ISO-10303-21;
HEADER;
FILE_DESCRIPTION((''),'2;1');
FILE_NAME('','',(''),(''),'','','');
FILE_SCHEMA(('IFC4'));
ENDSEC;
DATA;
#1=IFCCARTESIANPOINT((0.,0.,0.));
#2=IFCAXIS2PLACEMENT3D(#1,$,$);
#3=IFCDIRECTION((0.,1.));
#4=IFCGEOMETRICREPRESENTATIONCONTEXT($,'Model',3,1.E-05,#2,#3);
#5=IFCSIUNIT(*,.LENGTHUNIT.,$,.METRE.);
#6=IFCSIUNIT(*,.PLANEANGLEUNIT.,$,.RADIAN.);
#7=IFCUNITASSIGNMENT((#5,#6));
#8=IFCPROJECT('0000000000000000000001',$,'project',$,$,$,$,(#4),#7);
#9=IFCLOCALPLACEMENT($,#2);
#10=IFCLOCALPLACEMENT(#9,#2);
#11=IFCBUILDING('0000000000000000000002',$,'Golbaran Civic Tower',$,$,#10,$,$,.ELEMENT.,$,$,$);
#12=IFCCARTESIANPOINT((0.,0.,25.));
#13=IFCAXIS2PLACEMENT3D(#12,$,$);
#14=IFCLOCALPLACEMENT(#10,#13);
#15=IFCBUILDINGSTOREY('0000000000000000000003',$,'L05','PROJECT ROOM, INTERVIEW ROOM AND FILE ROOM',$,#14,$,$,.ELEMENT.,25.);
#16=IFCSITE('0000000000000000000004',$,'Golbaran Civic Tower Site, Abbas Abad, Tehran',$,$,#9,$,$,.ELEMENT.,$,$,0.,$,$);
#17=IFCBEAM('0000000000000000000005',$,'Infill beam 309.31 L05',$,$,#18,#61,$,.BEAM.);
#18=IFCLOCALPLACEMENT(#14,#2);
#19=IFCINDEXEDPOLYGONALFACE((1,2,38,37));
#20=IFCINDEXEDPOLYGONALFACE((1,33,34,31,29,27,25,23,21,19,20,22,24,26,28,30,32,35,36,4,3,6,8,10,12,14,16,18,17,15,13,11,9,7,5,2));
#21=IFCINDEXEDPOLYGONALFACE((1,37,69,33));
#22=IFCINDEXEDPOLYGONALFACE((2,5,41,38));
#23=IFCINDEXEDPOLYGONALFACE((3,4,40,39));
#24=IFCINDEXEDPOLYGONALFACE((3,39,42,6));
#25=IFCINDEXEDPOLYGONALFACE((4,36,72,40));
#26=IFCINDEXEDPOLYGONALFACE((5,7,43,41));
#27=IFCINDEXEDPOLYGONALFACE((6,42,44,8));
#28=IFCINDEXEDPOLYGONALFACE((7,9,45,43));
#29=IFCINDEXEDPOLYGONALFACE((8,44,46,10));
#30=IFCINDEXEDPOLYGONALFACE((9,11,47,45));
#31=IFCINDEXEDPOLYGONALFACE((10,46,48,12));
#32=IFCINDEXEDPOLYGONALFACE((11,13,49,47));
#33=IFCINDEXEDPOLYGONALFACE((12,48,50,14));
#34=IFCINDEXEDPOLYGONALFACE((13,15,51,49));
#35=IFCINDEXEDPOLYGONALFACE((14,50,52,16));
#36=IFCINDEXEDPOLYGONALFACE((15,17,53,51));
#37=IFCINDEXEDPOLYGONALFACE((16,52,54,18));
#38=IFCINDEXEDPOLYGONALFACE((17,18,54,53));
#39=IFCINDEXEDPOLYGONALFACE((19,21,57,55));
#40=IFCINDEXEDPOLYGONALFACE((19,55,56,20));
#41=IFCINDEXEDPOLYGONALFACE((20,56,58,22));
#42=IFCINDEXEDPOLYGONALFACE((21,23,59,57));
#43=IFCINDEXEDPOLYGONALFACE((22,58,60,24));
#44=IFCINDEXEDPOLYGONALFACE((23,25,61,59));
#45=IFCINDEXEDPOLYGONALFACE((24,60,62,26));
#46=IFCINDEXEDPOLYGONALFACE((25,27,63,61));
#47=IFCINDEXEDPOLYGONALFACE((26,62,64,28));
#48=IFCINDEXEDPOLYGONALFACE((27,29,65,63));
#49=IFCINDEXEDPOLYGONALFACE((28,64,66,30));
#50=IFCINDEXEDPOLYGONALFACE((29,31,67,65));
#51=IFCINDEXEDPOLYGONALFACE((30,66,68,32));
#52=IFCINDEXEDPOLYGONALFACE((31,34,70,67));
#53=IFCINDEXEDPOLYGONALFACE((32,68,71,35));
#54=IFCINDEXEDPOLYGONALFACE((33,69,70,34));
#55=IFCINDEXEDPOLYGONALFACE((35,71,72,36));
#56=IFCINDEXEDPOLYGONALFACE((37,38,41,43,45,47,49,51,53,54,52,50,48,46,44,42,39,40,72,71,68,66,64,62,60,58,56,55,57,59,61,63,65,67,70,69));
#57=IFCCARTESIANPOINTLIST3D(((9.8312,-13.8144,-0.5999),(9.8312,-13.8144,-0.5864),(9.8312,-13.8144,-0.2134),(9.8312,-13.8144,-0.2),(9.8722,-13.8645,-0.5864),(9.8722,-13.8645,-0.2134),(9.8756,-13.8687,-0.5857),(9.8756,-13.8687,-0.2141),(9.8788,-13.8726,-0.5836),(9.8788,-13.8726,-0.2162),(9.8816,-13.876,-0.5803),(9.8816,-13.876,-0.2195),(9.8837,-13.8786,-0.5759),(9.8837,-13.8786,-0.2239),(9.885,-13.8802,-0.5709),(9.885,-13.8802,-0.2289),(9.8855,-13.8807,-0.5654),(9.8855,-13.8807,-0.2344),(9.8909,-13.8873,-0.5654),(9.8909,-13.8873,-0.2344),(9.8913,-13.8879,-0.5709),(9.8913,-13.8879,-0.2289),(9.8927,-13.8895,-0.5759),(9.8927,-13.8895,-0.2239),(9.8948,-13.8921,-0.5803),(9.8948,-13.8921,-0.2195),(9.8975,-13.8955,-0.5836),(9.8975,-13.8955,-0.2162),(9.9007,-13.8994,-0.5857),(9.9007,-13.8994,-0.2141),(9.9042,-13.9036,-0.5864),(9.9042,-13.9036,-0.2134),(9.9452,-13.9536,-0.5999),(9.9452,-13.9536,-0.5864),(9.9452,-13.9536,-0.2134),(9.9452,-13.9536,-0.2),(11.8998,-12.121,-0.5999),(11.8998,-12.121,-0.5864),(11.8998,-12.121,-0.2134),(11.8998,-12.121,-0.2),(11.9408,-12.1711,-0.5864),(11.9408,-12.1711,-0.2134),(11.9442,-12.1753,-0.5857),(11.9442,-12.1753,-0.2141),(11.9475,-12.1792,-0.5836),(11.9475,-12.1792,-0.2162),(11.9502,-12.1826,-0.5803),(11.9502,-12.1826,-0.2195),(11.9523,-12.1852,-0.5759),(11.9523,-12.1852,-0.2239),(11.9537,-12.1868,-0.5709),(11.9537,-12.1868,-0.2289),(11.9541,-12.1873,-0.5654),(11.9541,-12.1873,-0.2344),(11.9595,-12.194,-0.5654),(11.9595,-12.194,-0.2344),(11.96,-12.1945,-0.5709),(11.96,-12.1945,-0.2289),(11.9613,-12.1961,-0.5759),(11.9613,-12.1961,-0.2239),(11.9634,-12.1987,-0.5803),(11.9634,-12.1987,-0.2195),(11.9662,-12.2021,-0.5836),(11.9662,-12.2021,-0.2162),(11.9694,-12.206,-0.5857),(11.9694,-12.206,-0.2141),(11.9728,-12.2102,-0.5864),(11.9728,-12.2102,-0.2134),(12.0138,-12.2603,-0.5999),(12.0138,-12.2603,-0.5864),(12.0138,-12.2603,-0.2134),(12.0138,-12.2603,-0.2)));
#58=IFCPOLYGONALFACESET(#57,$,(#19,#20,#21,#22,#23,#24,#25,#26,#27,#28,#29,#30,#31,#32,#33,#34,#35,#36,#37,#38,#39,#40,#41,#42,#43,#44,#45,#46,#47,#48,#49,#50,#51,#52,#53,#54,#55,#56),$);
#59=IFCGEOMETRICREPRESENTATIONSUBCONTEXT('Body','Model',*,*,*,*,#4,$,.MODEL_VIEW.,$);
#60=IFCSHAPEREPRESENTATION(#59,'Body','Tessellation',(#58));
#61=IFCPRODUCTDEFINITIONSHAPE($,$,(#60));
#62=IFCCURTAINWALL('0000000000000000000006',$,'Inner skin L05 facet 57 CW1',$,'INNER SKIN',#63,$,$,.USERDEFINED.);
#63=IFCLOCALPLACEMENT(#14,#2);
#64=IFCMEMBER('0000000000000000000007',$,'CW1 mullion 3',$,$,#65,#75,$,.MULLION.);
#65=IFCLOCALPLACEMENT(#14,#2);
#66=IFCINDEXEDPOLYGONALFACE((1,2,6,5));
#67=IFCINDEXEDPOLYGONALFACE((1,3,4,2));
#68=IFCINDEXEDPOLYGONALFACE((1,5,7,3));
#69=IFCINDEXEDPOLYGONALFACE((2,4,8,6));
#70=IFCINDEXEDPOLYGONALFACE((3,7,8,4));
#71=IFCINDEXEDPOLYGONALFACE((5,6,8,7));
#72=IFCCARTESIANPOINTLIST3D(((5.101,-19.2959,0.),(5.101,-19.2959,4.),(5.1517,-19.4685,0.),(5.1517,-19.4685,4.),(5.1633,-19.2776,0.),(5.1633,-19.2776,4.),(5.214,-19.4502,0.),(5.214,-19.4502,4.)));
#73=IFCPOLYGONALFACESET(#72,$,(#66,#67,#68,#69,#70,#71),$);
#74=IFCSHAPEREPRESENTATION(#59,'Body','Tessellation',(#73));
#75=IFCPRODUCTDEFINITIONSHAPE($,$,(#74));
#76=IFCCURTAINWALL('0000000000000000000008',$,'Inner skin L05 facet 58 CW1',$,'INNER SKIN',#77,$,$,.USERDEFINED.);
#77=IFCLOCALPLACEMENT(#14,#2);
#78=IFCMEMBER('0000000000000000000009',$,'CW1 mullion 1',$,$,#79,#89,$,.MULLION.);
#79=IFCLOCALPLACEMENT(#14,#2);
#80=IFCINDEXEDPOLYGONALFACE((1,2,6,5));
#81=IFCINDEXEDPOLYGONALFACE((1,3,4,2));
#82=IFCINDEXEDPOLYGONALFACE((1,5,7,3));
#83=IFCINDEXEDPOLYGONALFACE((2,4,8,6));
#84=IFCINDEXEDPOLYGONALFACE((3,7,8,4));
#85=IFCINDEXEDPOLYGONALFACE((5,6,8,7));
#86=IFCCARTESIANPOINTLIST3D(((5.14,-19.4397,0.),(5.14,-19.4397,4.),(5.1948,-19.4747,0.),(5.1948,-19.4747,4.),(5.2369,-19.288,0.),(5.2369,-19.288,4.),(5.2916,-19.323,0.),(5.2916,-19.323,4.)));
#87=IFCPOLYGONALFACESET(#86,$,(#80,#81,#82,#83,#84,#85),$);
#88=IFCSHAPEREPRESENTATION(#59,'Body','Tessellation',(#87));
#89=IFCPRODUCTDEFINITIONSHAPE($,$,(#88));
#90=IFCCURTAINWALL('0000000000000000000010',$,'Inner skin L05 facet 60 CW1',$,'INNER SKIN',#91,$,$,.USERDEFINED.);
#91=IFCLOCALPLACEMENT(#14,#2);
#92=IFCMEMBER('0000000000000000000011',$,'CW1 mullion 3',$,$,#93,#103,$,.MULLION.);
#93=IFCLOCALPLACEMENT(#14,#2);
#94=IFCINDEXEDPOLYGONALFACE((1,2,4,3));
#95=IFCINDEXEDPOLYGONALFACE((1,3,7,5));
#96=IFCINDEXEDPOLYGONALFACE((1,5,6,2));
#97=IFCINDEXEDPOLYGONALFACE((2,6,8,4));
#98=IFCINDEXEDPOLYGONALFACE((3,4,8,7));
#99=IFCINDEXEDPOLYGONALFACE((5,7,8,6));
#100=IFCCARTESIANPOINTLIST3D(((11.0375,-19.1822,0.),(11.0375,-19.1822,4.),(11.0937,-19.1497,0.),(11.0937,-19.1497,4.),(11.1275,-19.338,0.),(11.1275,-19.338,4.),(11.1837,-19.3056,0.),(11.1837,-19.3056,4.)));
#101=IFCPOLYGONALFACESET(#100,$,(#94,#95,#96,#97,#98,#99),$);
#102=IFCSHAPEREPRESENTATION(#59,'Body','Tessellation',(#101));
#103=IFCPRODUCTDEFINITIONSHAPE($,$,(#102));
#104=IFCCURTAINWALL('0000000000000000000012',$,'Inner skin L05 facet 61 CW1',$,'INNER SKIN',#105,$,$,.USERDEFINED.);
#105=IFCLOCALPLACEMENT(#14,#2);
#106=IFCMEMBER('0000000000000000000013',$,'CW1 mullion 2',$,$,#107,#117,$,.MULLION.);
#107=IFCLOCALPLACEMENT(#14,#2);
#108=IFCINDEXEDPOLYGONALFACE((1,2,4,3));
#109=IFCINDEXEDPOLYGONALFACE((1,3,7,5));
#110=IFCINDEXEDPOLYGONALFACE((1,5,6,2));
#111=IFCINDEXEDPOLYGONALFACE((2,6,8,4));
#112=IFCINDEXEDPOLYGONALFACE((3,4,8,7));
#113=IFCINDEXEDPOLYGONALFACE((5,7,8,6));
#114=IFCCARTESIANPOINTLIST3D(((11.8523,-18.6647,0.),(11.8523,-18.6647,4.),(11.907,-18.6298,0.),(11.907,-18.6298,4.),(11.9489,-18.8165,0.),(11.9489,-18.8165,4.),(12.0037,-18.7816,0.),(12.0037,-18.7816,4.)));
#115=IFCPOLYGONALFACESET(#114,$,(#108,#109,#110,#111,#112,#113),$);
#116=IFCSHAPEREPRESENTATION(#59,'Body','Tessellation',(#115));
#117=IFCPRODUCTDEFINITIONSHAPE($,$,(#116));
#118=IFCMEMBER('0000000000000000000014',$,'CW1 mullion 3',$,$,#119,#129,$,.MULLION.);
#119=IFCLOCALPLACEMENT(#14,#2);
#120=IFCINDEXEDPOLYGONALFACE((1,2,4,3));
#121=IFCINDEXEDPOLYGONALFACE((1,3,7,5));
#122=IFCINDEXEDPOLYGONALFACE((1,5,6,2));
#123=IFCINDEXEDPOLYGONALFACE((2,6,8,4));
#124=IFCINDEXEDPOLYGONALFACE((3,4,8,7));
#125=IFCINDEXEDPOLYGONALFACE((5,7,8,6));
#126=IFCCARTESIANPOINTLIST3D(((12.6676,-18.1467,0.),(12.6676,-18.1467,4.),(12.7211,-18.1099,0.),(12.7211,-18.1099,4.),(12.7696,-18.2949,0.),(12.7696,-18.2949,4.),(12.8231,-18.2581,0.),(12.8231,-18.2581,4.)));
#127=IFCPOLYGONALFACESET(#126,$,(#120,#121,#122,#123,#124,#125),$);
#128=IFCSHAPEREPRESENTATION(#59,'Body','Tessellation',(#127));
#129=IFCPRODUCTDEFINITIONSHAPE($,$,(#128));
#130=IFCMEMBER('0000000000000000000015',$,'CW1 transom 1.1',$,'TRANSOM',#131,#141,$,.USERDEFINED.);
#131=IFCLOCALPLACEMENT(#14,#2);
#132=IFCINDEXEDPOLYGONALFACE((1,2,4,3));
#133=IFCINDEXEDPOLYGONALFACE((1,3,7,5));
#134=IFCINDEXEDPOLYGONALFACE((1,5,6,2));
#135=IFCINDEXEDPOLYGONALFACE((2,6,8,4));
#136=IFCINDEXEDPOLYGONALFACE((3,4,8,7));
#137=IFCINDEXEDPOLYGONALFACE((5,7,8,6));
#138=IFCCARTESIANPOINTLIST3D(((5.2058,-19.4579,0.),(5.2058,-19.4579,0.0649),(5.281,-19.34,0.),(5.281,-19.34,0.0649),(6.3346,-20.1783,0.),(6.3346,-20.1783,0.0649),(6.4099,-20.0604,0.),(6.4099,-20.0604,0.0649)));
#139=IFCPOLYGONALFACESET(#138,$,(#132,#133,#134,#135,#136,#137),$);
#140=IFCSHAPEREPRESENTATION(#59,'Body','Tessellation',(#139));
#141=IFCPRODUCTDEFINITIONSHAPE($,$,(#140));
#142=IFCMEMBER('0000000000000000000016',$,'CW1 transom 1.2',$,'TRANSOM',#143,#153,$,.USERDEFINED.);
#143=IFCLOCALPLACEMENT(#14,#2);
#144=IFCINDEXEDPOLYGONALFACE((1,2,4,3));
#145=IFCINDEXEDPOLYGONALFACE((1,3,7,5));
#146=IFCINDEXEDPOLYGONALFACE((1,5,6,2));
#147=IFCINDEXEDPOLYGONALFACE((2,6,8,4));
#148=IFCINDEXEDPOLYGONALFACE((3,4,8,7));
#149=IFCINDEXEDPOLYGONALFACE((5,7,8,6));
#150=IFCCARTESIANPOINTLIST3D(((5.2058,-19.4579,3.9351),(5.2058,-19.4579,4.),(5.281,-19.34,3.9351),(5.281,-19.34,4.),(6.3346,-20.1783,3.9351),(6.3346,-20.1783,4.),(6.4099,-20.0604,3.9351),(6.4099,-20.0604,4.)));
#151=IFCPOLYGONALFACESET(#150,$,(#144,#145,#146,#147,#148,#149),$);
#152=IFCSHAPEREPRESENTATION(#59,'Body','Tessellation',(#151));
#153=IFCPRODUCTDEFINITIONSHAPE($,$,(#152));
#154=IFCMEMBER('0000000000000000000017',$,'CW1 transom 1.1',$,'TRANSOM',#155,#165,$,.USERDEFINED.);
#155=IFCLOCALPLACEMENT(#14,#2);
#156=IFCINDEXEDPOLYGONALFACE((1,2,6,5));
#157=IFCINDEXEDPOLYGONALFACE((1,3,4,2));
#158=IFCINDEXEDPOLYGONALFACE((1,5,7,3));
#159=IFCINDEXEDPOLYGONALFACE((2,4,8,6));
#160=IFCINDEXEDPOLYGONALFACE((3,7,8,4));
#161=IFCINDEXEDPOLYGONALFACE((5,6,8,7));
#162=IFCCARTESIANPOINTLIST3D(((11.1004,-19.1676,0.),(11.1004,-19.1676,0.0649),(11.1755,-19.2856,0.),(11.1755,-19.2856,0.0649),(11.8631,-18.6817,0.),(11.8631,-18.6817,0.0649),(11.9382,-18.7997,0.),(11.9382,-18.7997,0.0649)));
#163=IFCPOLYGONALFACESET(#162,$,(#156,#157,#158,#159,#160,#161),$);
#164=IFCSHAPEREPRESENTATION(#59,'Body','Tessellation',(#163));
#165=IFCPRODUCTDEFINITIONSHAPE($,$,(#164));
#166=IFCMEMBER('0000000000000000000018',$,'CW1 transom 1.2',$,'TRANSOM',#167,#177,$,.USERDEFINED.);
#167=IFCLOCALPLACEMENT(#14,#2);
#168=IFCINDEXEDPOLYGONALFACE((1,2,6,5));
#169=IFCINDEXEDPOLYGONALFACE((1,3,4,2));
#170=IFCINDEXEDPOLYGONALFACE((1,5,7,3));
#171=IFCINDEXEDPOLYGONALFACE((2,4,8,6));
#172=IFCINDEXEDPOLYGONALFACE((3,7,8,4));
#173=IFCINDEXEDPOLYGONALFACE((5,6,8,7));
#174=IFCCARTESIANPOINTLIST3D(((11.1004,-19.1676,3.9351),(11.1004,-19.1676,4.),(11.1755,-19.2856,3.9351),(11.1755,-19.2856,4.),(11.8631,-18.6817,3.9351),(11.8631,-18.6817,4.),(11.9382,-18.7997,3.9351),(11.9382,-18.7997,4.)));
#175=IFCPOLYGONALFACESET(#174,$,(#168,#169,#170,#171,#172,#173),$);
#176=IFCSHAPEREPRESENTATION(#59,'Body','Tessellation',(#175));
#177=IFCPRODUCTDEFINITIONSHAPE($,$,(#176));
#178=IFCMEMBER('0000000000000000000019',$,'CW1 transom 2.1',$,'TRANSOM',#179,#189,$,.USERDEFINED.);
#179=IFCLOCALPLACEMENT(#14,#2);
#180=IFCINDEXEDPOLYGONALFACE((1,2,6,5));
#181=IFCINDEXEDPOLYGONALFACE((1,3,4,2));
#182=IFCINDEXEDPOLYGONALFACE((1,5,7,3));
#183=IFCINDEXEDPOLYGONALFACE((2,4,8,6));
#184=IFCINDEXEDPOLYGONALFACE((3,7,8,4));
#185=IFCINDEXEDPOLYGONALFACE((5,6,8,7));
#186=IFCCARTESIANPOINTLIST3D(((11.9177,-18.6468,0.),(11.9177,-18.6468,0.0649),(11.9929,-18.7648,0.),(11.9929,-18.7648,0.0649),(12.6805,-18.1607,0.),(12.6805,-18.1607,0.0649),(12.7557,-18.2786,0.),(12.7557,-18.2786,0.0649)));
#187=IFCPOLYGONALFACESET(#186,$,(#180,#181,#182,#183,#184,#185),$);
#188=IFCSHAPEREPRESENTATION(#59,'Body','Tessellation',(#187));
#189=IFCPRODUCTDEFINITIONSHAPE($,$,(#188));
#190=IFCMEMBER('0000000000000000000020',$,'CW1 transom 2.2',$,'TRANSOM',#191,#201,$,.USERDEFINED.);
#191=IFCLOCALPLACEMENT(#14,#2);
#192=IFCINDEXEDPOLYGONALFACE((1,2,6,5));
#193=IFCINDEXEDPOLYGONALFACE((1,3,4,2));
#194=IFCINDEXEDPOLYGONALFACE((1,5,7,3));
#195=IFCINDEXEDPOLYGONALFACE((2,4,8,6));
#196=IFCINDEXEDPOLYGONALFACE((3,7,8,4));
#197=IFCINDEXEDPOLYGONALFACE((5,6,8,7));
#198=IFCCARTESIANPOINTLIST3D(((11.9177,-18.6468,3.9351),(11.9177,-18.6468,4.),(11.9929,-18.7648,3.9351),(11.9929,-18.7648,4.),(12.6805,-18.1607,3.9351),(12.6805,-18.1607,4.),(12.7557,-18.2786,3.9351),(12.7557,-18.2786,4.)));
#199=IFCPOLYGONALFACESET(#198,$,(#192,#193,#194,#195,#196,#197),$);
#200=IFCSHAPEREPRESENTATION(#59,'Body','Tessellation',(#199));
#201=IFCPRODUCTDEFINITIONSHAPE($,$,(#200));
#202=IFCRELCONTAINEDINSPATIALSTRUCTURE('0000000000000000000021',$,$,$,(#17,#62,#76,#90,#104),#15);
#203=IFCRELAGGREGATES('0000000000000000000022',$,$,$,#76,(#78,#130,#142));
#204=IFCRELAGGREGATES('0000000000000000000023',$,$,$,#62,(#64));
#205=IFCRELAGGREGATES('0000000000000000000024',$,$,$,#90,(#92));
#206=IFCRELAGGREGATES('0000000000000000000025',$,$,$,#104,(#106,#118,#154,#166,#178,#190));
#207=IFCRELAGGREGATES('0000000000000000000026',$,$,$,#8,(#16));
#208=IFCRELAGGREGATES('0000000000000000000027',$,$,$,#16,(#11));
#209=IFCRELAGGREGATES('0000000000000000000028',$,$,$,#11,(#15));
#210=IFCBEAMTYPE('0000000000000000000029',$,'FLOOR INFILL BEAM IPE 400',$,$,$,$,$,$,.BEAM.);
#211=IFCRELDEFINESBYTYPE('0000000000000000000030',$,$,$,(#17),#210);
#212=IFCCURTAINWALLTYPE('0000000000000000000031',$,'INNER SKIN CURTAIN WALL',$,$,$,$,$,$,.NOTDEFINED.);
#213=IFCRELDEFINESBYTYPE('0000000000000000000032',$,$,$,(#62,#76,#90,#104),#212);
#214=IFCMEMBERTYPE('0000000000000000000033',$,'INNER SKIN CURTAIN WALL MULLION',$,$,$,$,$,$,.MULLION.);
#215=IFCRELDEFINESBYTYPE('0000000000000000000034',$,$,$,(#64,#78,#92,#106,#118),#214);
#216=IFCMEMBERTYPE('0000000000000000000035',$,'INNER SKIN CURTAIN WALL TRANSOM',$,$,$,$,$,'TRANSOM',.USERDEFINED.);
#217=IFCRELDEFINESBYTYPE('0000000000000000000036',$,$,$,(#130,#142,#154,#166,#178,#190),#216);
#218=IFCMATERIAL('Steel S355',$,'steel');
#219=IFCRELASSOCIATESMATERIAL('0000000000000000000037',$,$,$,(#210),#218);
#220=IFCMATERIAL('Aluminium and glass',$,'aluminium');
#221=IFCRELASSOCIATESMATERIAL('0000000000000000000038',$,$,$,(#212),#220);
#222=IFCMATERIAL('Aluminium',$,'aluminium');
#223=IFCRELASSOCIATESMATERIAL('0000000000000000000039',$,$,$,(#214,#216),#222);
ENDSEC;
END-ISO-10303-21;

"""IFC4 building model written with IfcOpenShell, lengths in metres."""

from ifc_helpers import new_model, si_unit, direction, frame, origin, origin_2d, place, context, subcontext, project, spatial, rectangle, i_section, extrude, material, material_profile, profile_set, type_object, element, aggregate, save


model = new_model("IFC4")

# Units and contexts
model_context = context("Model", 3, precision=1e-05, world=origin(), true_north=direction((0.0, 1.0)))
body_context = subcontext(model_context, "Body", "Model", "MODEL_VIEW")
ifc_project = project(units=[si_unit("LENGTHUNIT", "METRE"), si_unit("PLANEANGLEUNIT", "RADIAN")], contexts=[model_context])

# Site, building, storey
site_placement = place(None, origin())
site = spatial("IfcSite", under=ifc_project, at=site_placement, Name="Golbaran Civic Tower Site, Abbas Abad, Tehran", CompositionType="ELEMENT", RefElevation=0.0)
building_placement = place(site_placement, origin())
building = spatial("IfcBuilding", under=site, at=building_placement, Name="Golbaran Civic Tower", CompositionType="ELEMENT")
storey_placement = place(building_placement, frame((0.0, 0.0, 25.0)))
storey = spatial("IfcBuildingStorey", under=building, at=storey_placement, Name="L05", Description="PROJECT ROOM, INTERVIEW ROOM AND FILE ROOM", CompositionType="ELEMENT", Elevation=25.0)

# Beam
ifc_material_1 = material(Name="Steel S355", Category="steel")
ifc_material_profile_1 = material_profile(ifc_material_1, i_section(OverallWidth=0.1799, OverallDepth=0.3999, WebThickness=0.0085, FlangeThickness=0.0134, FilletRadius=0.021, at=origin_2d()), Name="IPE 400")
ifc_profile_set_1 = profile_set([ifc_material_profile_1], Name="Steel S355")
beam_type_1 = type_object("IfcBeamType", Name="FLOOR INFILL BEAM IPE 400", PredefinedType="BEAM", material=ifc_profile_set_1)
beam_1_placement = place(storey_placement, frame((9.8882, -13.884, -0.3999), z_axis=(0.773799, 0.633432, 0.0), x_axis=(-0.633432, 0.773799, 0.0)))
element("IfcBeam", 1, at=beam_1_placement, inside=storey, type_object=beam_type_1, Name="Infill beam 309.31 L05", PredefinedType="BEAM", context=body_context, shape_type="SweptSolid", body=[
    extrude(i_section(OverallWidth=0.1799, OverallDepth=0.3999, WebThickness=0.0085, FlangeThickness=0.0134, FilletRadius=0.021, at=origin_2d()), origin(), (0.0, 0.0, 1.0), 2.6733),
])

# Curtain walls, members
ifc_material_2 = material(Name="Aluminium and glass", Category="aluminium")
curtain_wall_type = type_object("IfcCurtainWallType", Name="INNER SKIN CURTAIN WALL", PredefinedType="NOTDEFINED", material=ifc_material_2)
curtain_wall_1_placement = place(storey_placement, origin())
curtain_wall_1 = element("IfcCurtainWall", 2, at=curtain_wall_1_placement, inside=storey, type_object=curtain_wall_type, Name="Inner skin L05 facet 57 CW1", ObjectType="INNER SKIN", PredefinedType="USERDEFINED")
ifc_material_3 = material(Name="Aluminium", Category="aluminium")
ifc_material_profile_2 = material_profile(ifc_material_3, rectangle(XDim=0.1799, YDim=0.0649, at=origin_2d()), Name="INNER SKIN CURTAIN WALL MULLION")
ifc_profile_set_2 = profile_set([ifc_material_profile_2], Name="Aluminium")
member_type_1 = type_object("IfcMemberType", Name="INNER SKIN CURTAIN WALL MULLION", PredefinedType="MULLION", material=ifc_profile_set_2)
member_1_placement = place(storey_placement, frame((5.1575, -19.373, 0.0), z_axis=(0.0, 0.0, 1.0), x_axis=(-0.281964, 0.959425, 0.0)))
member_1 = element("IfcMember", 3, at=member_1_placement, type_object=member_type_1, Name="CW1 mullion 3", PredefinedType="MULLION", context=body_context, shape_type="SweptSolid", body=[
    extrude(rectangle(XDim=0.1799, YDim=0.0649, at=origin_2d()), origin(), (0.0, 0.0, 1.0), 4.0),
])
curtain_wall_2_placement = place(storey_placement, origin())
curtain_wall_2 = element("IfcCurtainWall", 4, at=curtain_wall_2_placement, inside=storey, type_object=curtain_wall_type, Name="Inner skin L05 facet 58 CW1", ObjectType="INNER SKIN", PredefinedType="USERDEFINED")
member_2_placement = place(storey_placement, frame((5.2158, -19.3813, 0.0), z_axis=(0.0, 0.0, 1.0), x_axis=(0.538063, 0.842904, 0.0)))
member_2 = element("IfcMember", 5, at=member_2_placement, type_object=member_type_1, Name="CW1 mullion 1", PredefinedType="MULLION", context=body_context, shape_type="SweptSolid", body=[
    extrude(rectangle(XDim=0.1799, YDim=0.0649, at=origin_2d()), origin(), (0.0, 0.0, 1.0), 4.0),
])
curtain_wall_3_placement = place(storey_placement, origin())
curtain_wall_3 = element("IfcCurtainWall", 6, at=curtain_wall_3_placement, inside=storey, type_object=curtain_wall_type, Name="Inner skin L05 facet 60 CW1", ObjectType="INNER SKIN", PredefinedType="USERDEFINED")
member_3_placement = place(storey_placement, frame((11.1106, -19.2439, 0.0), z_axis=(0.0, 0.0, 1.0), x_axis=(-0.5, 0.866025, 0.0)))
member_3 = element("IfcMember", 7, at=member_3_placement, type_object=member_type_1, Name="CW1 mullion 3", PredefinedType="MULLION", context=body_context, shape_type="SweptSolid", body=[
    extrude(rectangle(XDim=0.1799, YDim=0.0649, at=origin_2d()), origin(), (0.0, 0.0, 1.0), 4.0),
])

# Curtain wall, members
curtain_wall_4_placement = place(storey_placement, origin())
curtain_wall_4 = element("IfcCurtainWall", 8, at=curtain_wall_4_placement, inside=storey, type_object=curtain_wall_type, Name="Inner skin L05 facet 61 CW1", ObjectType="INNER SKIN", PredefinedType="USERDEFINED")
member_4_placement = place(storey_placement, frame((11.928, -18.7231, 0.0), z_axis=(0.0, 0.0, 1.0), x_axis=(-0.5373, 0.843391, 0.0)))
member_4 = element("IfcMember", 9, at=member_4_placement, type_object=member_type_1, Name="CW1 mullion 2", PredefinedType="MULLION", context=body_context, shape_type="SweptSolid", body=[
    extrude(rectangle(XDim=0.1799, YDim=0.0649, at=origin_2d()), origin(), (0.0, 0.0, 1.0), 4.0),
])
member_5_placement = place(storey_placement, frame((12.7454, -18.2024, 0.0), z_axis=(0.0, 0.0, 1.0), x_axis=(-0.56702, 0.823704, 0.0)))
member_5 = element("IfcMember", 10, at=member_5_placement, type_object=member_type_1, Name="CW1 mullion 3", PredefinedType="MULLION", context=body_context, shape_type="SweptSolid", body=[
    extrude(rectangle(XDim=0.1799, YDim=0.0649, at=origin_2d()), origin(), (0.0, 0.0, 1.0), 4.0),
])

# Members
ifc_material_profile_3 = material_profile(ifc_material_3, rectangle(XDim=0.1399, YDim=0.0649, at=origin_2d()), Name="INNER SKIN CURTAIN WALL TRANSOM")
ifc_profile_set_3 = profile_set([ifc_material_profile_3], Name="Aluminium")
member_type_2 = type_object("IfcMemberType", Name="INNER SKIN CURTAIN WALL TRANSOM", ElementType="TRANSOM", PredefinedType="USERDEFINED", material=ifc_profile_set_3)
member_6_placement = place(storey_placement, frame((5.2434, -19.3989, 0.0325), z_axis=(0.842963, -0.537972, 0.0), x_axis=(0.537972, 0.842963, 0.0)))
member_6 = element("IfcMember", 11, at=member_6_placement, type_object=member_type_2, Name="CW1 transom 1.1", ObjectType="TRANSOM", PredefinedType="USERDEFINED", context=body_context, shape_type="SweptSolid", body=[
    extrude(rectangle(XDim=0.1399, YDim=0.0649, at=origin_2d()), origin(), (0.0, 0.0, 1.0), 1.3391),
])
member_7_placement = place(storey_placement, frame((5.2434, -19.3989, 3.9675), z_axis=(0.842963, -0.537972, 0.0), x_axis=(0.537972, 0.842963, 0.0)))
member_7 = element("IfcMember", 12, at=member_7_placement, type_object=member_type_2, Name="CW1 transom 1.2", ObjectType="TRANSOM", PredefinedType="USERDEFINED", context=body_context, shape_type="SweptSolid", body=[
    extrude(rectangle(XDim=0.1399, YDim=0.0649, at=origin_2d()), origin(), (0.0, 0.0, 1.0), 1.3391),
])
aggregate(curtain_wall_2, [member_2, member_6, member_7])
member_8_placement = place(storey_placement, frame((11.1379, -19.2266, 0.0325), z_axis=(0.843417, 0.53726, 0.0), x_axis=(-0.53726, 0.843417, 0.0)))
member_8 = element("IfcMember", 13, at=member_8_placement, type_object=member_type_2, Name="CW1 transom 1.1", ObjectType="TRANSOM", PredefinedType="USERDEFINED", context=body_context, shape_type="SweptSolid", body=[
    extrude(rectangle(XDim=0.1399, YDim=0.0649, at=origin_2d()), origin(), (0.0, 0.0, 1.0), 0.9043),
])
member_9_placement = place(storey_placement, frame((11.1379, -19.2266, 3.9675), z_axis=(0.843417, 0.53726, 0.0), x_axis=(-0.53726, 0.843417, 0.0)))
member_9 = element("IfcMember", 14, at=member_9_placement, type_object=member_type_2, Name="CW1 transom 1.2", ObjectType="TRANSOM", PredefinedType="USERDEFINED", context=body_context, shape_type="SweptSolid", body=[
    extrude(rectangle(XDim=0.1399, YDim=0.0649, at=origin_2d()), origin(), (0.0, 0.0, 1.0), 0.9043),
])
member_10_placement = place(storey_placement, frame((11.9553, -18.7058, 0.0325), z_axis=(0.843294, 0.537452, 0.0), x_axis=(-0.537452, 0.843294, 0.0)))
member_10 = element("IfcMember", 15, at=member_10_placement, type_object=member_type_2, Name="CW1 transom 2.1", ObjectType="TRANSOM", PredefinedType="USERDEFINED", context=body_context, shape_type="SweptSolid", body=[
    extrude(rectangle(XDim=0.1399, YDim=0.0649, at=origin_2d()), origin(), (0.0, 0.0, 1.0), 0.9045),
])
member_11_placement = place(storey_placement, frame((11.9553, -18.7058, 3.9675), z_axis=(0.843294, 0.537452, 0.0), x_axis=(-0.537452, 0.843294, 0.0)))
member_11 = element("IfcMember", 16, at=member_11_placement, type_object=member_type_2, Name="CW1 transom 2.2", ObjectType="TRANSOM", PredefinedType="USERDEFINED", context=body_context, shape_type="SweptSolid", body=[
    extrude(rectangle(XDim=0.1399, YDim=0.0649, at=origin_2d()), origin(), (0.0, 0.0, 1.0), 0.9045),
])

aggregate(curtain_wall_1, [member_1])
aggregate(curtain_wall_3, [member_3])
aggregate(curtain_wall_4, [member_4, member_5, member_8, member_9, member_10, member_11])

save(model, "model.ifc")
